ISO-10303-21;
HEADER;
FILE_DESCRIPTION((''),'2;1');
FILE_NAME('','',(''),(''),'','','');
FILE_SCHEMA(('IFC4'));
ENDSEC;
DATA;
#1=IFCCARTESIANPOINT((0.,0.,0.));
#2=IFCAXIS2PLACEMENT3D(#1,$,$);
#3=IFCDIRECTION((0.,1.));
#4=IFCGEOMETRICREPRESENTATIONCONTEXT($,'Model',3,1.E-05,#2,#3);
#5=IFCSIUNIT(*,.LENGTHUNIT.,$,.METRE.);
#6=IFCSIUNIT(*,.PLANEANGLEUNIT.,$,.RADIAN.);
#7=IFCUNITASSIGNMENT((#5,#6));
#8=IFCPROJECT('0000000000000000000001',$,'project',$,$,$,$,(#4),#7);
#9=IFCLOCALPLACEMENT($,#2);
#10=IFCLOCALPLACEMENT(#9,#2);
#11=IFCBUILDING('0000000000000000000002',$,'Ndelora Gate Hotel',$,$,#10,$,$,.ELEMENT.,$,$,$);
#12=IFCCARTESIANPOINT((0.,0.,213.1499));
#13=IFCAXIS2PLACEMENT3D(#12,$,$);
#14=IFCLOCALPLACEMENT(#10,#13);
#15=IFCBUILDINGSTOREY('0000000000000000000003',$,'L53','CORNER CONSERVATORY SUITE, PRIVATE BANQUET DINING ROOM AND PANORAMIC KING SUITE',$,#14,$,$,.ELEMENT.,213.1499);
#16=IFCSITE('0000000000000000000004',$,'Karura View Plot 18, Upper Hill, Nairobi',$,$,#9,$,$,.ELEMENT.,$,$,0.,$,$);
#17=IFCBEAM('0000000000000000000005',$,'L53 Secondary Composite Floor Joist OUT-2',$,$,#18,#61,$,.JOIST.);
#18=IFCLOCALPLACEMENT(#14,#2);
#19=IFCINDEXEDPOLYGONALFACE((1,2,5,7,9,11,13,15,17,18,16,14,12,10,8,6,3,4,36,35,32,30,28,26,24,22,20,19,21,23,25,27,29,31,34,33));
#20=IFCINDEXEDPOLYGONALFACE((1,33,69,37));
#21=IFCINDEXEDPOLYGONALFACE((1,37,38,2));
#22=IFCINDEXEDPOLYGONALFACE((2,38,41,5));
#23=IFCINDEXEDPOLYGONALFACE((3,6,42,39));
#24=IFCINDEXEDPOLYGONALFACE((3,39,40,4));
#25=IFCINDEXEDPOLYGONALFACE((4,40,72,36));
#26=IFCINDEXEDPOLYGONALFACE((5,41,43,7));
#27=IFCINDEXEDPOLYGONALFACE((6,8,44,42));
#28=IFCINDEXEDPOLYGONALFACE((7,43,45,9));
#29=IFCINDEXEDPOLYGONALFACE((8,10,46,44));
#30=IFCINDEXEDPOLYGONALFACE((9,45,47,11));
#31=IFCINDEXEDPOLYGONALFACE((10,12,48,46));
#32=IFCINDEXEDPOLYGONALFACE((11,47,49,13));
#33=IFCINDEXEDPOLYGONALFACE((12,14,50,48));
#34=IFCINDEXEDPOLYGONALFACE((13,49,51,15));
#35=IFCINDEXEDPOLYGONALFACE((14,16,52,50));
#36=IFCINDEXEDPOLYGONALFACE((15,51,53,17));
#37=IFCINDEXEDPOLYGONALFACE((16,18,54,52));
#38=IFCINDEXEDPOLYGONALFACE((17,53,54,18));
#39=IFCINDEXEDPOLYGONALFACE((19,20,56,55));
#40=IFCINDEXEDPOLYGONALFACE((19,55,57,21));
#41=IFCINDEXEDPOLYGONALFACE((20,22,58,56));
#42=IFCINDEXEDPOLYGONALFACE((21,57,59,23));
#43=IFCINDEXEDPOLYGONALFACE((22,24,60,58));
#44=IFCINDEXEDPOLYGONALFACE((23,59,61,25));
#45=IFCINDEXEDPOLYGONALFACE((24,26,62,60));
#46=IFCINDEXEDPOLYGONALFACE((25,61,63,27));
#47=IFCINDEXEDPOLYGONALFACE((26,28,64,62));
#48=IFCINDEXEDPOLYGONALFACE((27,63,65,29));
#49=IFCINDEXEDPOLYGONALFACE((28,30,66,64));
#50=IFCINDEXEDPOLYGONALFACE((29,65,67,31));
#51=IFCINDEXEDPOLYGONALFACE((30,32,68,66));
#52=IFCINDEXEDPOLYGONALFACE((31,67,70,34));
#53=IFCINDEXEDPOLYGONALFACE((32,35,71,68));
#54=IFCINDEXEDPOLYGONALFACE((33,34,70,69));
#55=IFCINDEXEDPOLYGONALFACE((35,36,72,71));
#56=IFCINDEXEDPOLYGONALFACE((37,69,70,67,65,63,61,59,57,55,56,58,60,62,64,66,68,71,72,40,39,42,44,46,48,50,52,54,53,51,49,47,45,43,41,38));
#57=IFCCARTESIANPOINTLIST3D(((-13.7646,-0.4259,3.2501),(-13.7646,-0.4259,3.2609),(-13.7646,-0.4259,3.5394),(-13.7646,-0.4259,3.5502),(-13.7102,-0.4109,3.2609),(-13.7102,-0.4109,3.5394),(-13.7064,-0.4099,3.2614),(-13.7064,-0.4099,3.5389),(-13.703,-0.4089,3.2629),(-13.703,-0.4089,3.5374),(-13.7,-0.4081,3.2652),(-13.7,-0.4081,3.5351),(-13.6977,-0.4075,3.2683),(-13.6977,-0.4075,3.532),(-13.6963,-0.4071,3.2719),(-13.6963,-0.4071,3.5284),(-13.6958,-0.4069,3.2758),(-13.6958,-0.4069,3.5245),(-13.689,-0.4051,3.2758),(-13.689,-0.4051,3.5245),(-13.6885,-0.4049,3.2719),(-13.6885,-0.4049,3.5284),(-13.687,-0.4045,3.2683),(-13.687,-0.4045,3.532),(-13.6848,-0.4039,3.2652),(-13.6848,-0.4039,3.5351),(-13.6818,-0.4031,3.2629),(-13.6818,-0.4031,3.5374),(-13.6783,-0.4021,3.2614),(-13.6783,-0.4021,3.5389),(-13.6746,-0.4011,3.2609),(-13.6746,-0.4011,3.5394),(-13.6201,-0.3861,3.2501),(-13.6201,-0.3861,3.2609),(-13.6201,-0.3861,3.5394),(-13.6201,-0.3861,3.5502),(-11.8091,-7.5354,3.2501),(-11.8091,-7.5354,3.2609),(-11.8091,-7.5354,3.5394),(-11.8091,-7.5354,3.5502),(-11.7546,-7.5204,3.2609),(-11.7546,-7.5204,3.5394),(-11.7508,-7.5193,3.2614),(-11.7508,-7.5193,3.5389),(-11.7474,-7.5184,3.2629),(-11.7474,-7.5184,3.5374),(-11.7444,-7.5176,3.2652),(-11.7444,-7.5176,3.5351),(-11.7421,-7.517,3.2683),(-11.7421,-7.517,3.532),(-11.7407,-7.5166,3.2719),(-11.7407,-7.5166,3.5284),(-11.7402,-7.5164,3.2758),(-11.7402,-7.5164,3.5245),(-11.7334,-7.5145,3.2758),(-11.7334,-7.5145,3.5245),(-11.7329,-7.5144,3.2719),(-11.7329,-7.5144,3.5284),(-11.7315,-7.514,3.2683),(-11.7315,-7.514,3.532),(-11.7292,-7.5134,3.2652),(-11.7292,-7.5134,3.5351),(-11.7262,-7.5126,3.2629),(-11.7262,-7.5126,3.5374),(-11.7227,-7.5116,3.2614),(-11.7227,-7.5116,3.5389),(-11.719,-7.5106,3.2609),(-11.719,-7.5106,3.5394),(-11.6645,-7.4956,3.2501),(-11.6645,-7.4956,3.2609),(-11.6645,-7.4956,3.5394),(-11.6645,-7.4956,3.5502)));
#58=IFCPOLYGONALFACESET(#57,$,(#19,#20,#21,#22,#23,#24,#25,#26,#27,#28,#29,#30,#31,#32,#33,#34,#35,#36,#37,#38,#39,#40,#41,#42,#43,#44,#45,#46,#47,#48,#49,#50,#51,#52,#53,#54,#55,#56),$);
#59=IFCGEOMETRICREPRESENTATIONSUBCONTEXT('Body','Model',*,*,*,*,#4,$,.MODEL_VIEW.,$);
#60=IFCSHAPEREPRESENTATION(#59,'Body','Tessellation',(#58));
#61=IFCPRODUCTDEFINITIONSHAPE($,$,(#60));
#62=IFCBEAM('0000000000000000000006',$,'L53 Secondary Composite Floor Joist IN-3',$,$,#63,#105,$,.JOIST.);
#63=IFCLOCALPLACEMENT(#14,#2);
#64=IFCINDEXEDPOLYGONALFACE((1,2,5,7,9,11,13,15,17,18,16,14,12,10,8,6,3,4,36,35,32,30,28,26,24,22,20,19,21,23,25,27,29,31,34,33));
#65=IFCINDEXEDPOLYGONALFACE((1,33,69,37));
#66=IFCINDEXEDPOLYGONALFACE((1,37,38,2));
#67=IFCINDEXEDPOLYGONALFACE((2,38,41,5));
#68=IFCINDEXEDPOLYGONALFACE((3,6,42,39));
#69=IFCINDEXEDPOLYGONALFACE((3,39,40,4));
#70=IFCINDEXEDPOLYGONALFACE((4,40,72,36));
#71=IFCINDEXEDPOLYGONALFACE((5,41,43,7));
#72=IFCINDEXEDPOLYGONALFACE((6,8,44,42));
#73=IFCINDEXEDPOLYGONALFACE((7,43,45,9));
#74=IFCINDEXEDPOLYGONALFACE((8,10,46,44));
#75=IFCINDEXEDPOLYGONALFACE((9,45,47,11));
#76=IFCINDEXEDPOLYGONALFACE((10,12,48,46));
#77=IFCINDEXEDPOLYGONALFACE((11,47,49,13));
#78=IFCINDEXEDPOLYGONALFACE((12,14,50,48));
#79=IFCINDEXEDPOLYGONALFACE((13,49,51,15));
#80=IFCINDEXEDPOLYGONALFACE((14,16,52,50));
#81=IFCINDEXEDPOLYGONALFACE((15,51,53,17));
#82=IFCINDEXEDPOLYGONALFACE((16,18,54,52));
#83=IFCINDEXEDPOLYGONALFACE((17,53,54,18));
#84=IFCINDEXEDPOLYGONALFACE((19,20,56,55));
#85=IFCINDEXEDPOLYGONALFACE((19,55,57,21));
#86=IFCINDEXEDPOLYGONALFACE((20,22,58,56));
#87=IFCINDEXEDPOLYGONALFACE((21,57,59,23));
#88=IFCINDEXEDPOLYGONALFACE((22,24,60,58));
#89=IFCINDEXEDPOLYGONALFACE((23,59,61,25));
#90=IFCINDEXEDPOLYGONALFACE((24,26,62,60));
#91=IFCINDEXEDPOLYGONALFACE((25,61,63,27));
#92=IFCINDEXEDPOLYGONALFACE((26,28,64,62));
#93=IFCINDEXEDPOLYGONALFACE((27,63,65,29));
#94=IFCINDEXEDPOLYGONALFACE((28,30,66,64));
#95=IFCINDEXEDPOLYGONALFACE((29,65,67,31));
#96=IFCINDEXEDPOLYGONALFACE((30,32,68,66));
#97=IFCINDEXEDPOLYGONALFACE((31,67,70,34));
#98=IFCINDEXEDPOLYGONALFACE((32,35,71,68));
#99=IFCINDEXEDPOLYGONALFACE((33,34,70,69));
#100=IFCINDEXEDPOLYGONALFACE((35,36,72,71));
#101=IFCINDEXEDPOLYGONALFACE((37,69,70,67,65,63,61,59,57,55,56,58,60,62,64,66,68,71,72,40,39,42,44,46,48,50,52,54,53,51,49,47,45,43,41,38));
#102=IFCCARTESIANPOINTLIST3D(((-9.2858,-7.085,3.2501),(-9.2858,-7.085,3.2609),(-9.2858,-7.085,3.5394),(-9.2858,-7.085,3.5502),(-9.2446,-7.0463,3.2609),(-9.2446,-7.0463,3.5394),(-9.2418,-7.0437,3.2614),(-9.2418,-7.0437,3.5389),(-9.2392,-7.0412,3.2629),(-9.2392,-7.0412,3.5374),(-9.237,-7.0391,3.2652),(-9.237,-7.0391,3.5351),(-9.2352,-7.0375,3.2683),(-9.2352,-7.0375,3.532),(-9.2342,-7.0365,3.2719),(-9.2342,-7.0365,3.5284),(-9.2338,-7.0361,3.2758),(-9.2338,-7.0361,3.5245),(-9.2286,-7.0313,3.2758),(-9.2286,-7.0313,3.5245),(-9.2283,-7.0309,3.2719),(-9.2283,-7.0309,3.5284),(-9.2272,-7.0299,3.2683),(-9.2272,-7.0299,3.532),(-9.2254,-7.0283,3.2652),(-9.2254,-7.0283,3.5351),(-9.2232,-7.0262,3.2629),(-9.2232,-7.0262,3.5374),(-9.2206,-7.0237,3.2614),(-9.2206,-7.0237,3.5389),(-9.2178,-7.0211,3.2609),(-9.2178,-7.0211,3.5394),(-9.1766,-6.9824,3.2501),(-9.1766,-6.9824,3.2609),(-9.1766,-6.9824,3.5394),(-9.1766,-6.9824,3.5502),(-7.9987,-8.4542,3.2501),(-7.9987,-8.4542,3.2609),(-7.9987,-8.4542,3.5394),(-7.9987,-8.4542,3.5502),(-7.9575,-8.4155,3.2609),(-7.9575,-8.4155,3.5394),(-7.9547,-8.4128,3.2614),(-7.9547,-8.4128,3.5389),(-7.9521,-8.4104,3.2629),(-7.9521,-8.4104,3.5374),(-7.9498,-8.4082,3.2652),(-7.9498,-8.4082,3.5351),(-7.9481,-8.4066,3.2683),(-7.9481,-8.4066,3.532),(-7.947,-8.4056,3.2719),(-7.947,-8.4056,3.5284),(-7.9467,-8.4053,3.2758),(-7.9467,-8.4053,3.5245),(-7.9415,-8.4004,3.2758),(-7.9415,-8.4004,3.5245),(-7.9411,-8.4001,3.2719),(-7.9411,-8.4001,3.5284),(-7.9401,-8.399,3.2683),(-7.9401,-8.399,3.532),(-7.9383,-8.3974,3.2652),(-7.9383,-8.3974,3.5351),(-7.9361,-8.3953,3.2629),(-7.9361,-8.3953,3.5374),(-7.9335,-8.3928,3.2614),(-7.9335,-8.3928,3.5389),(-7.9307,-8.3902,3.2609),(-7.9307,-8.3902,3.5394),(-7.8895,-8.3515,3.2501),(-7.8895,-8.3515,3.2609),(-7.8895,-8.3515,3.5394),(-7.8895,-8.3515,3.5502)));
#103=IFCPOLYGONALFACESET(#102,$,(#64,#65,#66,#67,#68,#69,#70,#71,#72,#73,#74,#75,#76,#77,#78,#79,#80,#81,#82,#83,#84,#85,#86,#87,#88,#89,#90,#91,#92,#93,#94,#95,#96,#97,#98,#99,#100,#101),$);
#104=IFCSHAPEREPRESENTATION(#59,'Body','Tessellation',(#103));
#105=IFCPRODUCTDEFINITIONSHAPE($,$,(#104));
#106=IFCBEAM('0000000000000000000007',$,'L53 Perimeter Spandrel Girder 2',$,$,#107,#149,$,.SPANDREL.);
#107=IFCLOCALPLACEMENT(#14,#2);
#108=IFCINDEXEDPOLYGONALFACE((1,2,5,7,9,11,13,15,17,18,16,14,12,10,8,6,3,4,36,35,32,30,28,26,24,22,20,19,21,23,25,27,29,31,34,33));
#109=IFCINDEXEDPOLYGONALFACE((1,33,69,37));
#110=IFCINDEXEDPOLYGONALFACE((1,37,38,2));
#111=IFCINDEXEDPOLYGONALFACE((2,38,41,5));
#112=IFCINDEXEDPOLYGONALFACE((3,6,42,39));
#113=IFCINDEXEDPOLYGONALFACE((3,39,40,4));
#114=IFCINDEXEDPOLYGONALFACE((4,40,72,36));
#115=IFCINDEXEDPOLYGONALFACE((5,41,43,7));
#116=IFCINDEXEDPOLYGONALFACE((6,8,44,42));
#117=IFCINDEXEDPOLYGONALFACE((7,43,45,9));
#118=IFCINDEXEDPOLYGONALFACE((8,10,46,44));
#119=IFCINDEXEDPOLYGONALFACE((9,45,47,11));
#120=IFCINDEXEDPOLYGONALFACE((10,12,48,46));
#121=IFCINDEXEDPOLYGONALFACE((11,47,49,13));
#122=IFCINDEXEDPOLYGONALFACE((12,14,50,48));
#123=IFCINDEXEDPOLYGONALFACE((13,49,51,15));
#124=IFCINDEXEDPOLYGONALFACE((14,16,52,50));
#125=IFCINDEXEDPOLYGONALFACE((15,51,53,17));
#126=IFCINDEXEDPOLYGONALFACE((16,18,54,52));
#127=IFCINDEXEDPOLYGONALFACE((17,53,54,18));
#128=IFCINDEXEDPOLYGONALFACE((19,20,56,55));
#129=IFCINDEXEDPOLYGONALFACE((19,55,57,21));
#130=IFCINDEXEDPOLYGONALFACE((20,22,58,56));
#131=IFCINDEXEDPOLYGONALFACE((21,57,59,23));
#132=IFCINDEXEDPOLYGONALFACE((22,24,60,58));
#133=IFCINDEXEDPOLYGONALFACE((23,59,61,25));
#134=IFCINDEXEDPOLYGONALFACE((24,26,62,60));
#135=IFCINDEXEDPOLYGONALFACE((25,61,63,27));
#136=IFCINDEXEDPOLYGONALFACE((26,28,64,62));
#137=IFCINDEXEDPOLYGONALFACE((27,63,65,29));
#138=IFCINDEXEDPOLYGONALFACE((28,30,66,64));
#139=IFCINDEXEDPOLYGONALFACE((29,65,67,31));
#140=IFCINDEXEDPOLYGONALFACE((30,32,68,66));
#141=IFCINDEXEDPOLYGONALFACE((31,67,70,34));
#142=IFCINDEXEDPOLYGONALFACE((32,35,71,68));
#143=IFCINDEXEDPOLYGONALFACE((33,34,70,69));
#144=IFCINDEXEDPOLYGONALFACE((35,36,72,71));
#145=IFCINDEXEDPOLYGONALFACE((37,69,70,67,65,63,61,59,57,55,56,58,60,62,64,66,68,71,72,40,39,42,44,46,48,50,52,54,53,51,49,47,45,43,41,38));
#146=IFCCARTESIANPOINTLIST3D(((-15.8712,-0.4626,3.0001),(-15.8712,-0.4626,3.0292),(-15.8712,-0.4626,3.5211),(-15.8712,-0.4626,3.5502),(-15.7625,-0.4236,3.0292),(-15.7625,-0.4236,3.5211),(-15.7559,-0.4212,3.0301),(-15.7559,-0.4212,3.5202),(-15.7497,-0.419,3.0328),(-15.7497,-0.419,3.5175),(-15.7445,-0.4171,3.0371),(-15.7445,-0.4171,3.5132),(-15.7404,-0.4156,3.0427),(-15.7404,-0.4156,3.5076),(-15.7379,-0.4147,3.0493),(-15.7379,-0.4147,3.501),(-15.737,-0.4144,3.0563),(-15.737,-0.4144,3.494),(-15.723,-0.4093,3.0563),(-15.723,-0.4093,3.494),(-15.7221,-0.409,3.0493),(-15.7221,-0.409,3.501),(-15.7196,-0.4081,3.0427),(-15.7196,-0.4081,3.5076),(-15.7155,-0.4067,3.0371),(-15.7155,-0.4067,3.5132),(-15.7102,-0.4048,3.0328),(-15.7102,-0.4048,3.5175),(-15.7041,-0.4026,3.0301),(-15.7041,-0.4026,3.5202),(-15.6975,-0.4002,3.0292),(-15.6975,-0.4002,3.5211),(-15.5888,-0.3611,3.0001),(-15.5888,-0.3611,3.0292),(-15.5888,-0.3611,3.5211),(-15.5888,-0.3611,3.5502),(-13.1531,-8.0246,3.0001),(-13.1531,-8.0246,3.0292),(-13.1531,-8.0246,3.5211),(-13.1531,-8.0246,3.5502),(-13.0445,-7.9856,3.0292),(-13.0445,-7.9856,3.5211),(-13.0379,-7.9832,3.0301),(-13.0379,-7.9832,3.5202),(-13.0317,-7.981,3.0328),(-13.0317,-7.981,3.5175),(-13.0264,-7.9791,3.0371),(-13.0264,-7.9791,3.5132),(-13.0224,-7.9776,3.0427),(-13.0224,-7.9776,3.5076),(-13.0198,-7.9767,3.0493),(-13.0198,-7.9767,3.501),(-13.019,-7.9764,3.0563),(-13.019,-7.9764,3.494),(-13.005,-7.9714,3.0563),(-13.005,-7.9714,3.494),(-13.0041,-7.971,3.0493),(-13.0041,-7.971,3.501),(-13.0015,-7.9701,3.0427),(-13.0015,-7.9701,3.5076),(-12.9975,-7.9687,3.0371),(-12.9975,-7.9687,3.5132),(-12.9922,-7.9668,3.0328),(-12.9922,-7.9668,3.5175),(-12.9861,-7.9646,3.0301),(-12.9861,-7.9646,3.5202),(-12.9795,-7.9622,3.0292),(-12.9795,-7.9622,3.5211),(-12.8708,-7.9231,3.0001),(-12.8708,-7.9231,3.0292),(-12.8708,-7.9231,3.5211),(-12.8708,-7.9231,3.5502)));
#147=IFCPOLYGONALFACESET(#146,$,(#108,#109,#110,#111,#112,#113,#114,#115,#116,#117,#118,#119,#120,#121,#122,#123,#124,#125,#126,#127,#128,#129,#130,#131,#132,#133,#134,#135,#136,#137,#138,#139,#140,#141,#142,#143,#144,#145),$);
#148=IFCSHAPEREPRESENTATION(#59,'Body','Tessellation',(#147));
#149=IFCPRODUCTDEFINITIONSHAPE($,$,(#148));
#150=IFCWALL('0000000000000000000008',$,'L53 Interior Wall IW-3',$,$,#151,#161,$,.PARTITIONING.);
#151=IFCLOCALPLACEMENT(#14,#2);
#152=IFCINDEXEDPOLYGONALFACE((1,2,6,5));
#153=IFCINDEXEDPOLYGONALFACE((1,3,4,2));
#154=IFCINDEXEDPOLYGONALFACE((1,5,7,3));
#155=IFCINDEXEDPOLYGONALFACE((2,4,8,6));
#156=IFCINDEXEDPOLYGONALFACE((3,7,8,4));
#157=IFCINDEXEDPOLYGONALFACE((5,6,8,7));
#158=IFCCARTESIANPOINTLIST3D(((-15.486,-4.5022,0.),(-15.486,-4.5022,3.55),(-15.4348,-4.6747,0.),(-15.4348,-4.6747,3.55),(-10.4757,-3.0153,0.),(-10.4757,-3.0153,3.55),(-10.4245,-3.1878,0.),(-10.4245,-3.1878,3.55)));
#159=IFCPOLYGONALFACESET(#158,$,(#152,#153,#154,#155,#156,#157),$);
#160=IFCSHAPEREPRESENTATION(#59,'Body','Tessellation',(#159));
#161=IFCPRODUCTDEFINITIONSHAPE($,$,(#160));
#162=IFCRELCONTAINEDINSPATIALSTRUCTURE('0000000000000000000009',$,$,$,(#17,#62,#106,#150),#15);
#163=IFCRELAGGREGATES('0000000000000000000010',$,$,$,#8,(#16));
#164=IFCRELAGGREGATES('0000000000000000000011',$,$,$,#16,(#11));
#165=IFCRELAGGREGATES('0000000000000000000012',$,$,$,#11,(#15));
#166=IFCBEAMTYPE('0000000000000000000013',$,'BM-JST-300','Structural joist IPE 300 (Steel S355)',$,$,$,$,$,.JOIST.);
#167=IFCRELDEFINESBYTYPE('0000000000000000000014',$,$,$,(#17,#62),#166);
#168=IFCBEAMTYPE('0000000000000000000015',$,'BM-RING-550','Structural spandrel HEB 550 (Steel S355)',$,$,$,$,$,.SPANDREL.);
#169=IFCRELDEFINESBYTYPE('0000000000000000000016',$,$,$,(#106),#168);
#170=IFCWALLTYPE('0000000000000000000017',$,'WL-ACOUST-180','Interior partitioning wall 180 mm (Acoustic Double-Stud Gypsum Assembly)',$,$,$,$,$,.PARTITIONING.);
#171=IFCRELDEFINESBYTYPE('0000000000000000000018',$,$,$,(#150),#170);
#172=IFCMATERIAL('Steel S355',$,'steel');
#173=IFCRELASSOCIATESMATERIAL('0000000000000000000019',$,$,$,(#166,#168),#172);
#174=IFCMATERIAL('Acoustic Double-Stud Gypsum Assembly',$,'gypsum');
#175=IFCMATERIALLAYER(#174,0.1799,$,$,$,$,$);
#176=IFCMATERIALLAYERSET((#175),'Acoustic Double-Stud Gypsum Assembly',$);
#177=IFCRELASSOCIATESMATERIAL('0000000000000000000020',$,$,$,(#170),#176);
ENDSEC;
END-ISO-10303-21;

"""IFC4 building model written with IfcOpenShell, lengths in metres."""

from ifc_helpers import new_model, si_unit, direction, frame, frame_2d, origin, origin_2d, place, context, subcontext, project, spatial, rectangle, i_section, extrude, material, layer, layer_set, material_profile, profile_set, type_object, element, save


model = new_model("IFC4")

# Units and contexts
model_context = context("Model", 3, precision=1e-05, world=origin(), true_north=direction((0.0, 1.0)))
body_context = subcontext(model_context, "Body", "Model", "MODEL_VIEW")
ifc_project = project(units=[si_unit("LENGTHUNIT", "METRE"), si_unit("PLANEANGLEUNIT", "RADIAN")], contexts=[model_context])

# Site, building, storey
site_placement = place(None, origin())
site = spatial("IfcSite", under=ifc_project, at=site_placement, Name="Karura View Plot 18, Upper Hill, Nairobi", CompositionType="ELEMENT", RefElevation=0.0)
building_placement = place(site_placement, origin())
building = spatial("IfcBuilding", under=site, at=building_placement, Name="Ndelora Gate Hotel", CompositionType="ELEMENT")
storey_placement = place(building_placement, frame((0.0, 0.0, 213.1499)))
storey = spatial("IfcBuildingStorey", under=building, at=storey_placement, Name="L53", Description="CORNER CONSERVATORY SUITE, PRIVATE BANQUET DINING ROOM AND PANORAMIC KING SUITE", CompositionType="ELEMENT", Elevation=213.1499)

# Beams
ifc_material_1 = material(Name="Steel S355", Category="steel")
ifc_material_profile_1 = material_profile(ifc_material_1, i_section(OverallWidth=0.1499, OverallDepth=0.3, WebThickness=0.0071, FlangeThickness=0.0107, FilletRadius=0.0149, at=origin_2d()), Name="IPE 300")
ifc_profile_set_1 = profile_set([ifc_material_profile_1], Name="Steel S355")
beam_type_1 = type_object("IfcBeamType", Name="BM-JST-300", Description="Structural joist IPE 300 (Steel S355)", PredefinedType="JOIST", material=ifc_profile_set_1)
beam_1_placement = place(storey_placement, frame((-13.6924, -0.406, 3.4001), z_axis=(0.265218, -0.964188, 0.0), x_axis=(0.964188, 0.265218, 0.0)))
element("IfcBeam", 1, at=beam_1_placement, inside=storey, type_object=beam_type_1, Name="L53 Secondary Composite Floor Joist OUT-2", PredefinedType="JOIST", context=body_context, shape_type="SweptSolid", body=[
    extrude(i_section(OverallWidth=0.1499, OverallDepth=0.3, WebThickness=0.0071, FlangeThickness=0.0107, FilletRadius=0.0149, at=origin_2d()), origin(), (0.0, 0.0, 1.0), 7.3735),
])
beam_2_placement = place(storey_placement, frame((-9.2312, -7.0337, 3.4001), z_axis=(0.684943, -0.728597, 0.0), x_axis=(0.728597, 0.684943, 0.0)))
element("IfcBeam", 2, at=beam_2_placement, inside=storey, type_object=beam_type_1, Name="L53 Secondary Composite Floor Joist IN-3", PredefinedType="JOIST", context=body_context, shape_type="SweptSolid", body=[
    extrude(i_section(OverallWidth=0.1499, OverallDepth=0.3, WebThickness=0.0071, FlangeThickness=0.0107, FilletRadius=0.0149, at=origin_2d()), origin(), (0.0, 0.0, 1.0), 1.8792),
])
ifc_material_profile_2 = material_profile(ifc_material_1, i_section(OverallWidth=0.3, OverallDepth=0.55, WebThickness=0.0149, FlangeThickness=0.0291, FilletRadius=0.0271, at=origin_2d()), Name="HEB 550")
ifc_profile_set_2 = profile_set([ifc_material_profile_2], Name="Steel S355")
beam_type_2 = type_object("IfcBeamType", Name="BM-RING-550", Description="Structural spandrel HEB 550 (Steel S355)", PredefinedType="SPANDREL", material=ifc_profile_set_2)
beam_3_placement = place(storey_placement, frame((-15.73, -0.4119, 3.2751), z_axis=(0.338245, -0.941058, 0.0), x_axis=(0.941058, 0.338245, 0.0)))
element("IfcBeam", 3, at=beam_3_placement, inside=storey, type_object=beam_type_2, Name="L53 Perimeter Spandrel Girder 2", PredefinedType="SPANDREL", context=body_context, shape_type="SweptSolid", body=[
    extrude(i_section(OverallWidth=0.3, OverallDepth=0.55, WebThickness=0.0149, FlangeThickness=0.0291, FilletRadius=0.0271, at=origin_2d()), origin(), (0.0, 0.0, 1.0), 8.0356),
])

# Wall
ifc_material_2 = material(Name="Acoustic Double-Stud Gypsum Assembly", Category="gypsum")
ifc_layer_1 = layer(ifc_material_2, 0.1799)
ifc_layer_set_1 = layer_set([ifc_layer_1], Name="Acoustic Double-Stud Gypsum Assembly")
wall_type_1 = type_object("IfcWallType", Name="WL-ACOUST-180", Description="Interior partitioning wall 180 mm (Acoustic Double-Stud Gypsum Assembly)", PredefinedType="PARTITIONING", material=ifc_layer_set_1)
wall_1_placement = place(storey_placement, frame((-10.45, -3.1016, 0.0), z_axis=(0.0, 0.0, 1.0), x_axis=(-0.958678, -0.284492, 0.0)))
element("IfcWall", 4, at=wall_1_placement, inside=storey, type_object=wall_type_1, Name="L53 Interior Wall IW-3", PredefinedType="PARTITIONING", context=body_context, shape_type="SweptSolid", body=[
    extrude(rectangle(XDim=5.2263, YDim=0.1799, at=frame_2d((2.6133, 0.0))), origin(), (0.0, 0.0, 1.0), 3.55),
])

save(model, "model.ifc")
